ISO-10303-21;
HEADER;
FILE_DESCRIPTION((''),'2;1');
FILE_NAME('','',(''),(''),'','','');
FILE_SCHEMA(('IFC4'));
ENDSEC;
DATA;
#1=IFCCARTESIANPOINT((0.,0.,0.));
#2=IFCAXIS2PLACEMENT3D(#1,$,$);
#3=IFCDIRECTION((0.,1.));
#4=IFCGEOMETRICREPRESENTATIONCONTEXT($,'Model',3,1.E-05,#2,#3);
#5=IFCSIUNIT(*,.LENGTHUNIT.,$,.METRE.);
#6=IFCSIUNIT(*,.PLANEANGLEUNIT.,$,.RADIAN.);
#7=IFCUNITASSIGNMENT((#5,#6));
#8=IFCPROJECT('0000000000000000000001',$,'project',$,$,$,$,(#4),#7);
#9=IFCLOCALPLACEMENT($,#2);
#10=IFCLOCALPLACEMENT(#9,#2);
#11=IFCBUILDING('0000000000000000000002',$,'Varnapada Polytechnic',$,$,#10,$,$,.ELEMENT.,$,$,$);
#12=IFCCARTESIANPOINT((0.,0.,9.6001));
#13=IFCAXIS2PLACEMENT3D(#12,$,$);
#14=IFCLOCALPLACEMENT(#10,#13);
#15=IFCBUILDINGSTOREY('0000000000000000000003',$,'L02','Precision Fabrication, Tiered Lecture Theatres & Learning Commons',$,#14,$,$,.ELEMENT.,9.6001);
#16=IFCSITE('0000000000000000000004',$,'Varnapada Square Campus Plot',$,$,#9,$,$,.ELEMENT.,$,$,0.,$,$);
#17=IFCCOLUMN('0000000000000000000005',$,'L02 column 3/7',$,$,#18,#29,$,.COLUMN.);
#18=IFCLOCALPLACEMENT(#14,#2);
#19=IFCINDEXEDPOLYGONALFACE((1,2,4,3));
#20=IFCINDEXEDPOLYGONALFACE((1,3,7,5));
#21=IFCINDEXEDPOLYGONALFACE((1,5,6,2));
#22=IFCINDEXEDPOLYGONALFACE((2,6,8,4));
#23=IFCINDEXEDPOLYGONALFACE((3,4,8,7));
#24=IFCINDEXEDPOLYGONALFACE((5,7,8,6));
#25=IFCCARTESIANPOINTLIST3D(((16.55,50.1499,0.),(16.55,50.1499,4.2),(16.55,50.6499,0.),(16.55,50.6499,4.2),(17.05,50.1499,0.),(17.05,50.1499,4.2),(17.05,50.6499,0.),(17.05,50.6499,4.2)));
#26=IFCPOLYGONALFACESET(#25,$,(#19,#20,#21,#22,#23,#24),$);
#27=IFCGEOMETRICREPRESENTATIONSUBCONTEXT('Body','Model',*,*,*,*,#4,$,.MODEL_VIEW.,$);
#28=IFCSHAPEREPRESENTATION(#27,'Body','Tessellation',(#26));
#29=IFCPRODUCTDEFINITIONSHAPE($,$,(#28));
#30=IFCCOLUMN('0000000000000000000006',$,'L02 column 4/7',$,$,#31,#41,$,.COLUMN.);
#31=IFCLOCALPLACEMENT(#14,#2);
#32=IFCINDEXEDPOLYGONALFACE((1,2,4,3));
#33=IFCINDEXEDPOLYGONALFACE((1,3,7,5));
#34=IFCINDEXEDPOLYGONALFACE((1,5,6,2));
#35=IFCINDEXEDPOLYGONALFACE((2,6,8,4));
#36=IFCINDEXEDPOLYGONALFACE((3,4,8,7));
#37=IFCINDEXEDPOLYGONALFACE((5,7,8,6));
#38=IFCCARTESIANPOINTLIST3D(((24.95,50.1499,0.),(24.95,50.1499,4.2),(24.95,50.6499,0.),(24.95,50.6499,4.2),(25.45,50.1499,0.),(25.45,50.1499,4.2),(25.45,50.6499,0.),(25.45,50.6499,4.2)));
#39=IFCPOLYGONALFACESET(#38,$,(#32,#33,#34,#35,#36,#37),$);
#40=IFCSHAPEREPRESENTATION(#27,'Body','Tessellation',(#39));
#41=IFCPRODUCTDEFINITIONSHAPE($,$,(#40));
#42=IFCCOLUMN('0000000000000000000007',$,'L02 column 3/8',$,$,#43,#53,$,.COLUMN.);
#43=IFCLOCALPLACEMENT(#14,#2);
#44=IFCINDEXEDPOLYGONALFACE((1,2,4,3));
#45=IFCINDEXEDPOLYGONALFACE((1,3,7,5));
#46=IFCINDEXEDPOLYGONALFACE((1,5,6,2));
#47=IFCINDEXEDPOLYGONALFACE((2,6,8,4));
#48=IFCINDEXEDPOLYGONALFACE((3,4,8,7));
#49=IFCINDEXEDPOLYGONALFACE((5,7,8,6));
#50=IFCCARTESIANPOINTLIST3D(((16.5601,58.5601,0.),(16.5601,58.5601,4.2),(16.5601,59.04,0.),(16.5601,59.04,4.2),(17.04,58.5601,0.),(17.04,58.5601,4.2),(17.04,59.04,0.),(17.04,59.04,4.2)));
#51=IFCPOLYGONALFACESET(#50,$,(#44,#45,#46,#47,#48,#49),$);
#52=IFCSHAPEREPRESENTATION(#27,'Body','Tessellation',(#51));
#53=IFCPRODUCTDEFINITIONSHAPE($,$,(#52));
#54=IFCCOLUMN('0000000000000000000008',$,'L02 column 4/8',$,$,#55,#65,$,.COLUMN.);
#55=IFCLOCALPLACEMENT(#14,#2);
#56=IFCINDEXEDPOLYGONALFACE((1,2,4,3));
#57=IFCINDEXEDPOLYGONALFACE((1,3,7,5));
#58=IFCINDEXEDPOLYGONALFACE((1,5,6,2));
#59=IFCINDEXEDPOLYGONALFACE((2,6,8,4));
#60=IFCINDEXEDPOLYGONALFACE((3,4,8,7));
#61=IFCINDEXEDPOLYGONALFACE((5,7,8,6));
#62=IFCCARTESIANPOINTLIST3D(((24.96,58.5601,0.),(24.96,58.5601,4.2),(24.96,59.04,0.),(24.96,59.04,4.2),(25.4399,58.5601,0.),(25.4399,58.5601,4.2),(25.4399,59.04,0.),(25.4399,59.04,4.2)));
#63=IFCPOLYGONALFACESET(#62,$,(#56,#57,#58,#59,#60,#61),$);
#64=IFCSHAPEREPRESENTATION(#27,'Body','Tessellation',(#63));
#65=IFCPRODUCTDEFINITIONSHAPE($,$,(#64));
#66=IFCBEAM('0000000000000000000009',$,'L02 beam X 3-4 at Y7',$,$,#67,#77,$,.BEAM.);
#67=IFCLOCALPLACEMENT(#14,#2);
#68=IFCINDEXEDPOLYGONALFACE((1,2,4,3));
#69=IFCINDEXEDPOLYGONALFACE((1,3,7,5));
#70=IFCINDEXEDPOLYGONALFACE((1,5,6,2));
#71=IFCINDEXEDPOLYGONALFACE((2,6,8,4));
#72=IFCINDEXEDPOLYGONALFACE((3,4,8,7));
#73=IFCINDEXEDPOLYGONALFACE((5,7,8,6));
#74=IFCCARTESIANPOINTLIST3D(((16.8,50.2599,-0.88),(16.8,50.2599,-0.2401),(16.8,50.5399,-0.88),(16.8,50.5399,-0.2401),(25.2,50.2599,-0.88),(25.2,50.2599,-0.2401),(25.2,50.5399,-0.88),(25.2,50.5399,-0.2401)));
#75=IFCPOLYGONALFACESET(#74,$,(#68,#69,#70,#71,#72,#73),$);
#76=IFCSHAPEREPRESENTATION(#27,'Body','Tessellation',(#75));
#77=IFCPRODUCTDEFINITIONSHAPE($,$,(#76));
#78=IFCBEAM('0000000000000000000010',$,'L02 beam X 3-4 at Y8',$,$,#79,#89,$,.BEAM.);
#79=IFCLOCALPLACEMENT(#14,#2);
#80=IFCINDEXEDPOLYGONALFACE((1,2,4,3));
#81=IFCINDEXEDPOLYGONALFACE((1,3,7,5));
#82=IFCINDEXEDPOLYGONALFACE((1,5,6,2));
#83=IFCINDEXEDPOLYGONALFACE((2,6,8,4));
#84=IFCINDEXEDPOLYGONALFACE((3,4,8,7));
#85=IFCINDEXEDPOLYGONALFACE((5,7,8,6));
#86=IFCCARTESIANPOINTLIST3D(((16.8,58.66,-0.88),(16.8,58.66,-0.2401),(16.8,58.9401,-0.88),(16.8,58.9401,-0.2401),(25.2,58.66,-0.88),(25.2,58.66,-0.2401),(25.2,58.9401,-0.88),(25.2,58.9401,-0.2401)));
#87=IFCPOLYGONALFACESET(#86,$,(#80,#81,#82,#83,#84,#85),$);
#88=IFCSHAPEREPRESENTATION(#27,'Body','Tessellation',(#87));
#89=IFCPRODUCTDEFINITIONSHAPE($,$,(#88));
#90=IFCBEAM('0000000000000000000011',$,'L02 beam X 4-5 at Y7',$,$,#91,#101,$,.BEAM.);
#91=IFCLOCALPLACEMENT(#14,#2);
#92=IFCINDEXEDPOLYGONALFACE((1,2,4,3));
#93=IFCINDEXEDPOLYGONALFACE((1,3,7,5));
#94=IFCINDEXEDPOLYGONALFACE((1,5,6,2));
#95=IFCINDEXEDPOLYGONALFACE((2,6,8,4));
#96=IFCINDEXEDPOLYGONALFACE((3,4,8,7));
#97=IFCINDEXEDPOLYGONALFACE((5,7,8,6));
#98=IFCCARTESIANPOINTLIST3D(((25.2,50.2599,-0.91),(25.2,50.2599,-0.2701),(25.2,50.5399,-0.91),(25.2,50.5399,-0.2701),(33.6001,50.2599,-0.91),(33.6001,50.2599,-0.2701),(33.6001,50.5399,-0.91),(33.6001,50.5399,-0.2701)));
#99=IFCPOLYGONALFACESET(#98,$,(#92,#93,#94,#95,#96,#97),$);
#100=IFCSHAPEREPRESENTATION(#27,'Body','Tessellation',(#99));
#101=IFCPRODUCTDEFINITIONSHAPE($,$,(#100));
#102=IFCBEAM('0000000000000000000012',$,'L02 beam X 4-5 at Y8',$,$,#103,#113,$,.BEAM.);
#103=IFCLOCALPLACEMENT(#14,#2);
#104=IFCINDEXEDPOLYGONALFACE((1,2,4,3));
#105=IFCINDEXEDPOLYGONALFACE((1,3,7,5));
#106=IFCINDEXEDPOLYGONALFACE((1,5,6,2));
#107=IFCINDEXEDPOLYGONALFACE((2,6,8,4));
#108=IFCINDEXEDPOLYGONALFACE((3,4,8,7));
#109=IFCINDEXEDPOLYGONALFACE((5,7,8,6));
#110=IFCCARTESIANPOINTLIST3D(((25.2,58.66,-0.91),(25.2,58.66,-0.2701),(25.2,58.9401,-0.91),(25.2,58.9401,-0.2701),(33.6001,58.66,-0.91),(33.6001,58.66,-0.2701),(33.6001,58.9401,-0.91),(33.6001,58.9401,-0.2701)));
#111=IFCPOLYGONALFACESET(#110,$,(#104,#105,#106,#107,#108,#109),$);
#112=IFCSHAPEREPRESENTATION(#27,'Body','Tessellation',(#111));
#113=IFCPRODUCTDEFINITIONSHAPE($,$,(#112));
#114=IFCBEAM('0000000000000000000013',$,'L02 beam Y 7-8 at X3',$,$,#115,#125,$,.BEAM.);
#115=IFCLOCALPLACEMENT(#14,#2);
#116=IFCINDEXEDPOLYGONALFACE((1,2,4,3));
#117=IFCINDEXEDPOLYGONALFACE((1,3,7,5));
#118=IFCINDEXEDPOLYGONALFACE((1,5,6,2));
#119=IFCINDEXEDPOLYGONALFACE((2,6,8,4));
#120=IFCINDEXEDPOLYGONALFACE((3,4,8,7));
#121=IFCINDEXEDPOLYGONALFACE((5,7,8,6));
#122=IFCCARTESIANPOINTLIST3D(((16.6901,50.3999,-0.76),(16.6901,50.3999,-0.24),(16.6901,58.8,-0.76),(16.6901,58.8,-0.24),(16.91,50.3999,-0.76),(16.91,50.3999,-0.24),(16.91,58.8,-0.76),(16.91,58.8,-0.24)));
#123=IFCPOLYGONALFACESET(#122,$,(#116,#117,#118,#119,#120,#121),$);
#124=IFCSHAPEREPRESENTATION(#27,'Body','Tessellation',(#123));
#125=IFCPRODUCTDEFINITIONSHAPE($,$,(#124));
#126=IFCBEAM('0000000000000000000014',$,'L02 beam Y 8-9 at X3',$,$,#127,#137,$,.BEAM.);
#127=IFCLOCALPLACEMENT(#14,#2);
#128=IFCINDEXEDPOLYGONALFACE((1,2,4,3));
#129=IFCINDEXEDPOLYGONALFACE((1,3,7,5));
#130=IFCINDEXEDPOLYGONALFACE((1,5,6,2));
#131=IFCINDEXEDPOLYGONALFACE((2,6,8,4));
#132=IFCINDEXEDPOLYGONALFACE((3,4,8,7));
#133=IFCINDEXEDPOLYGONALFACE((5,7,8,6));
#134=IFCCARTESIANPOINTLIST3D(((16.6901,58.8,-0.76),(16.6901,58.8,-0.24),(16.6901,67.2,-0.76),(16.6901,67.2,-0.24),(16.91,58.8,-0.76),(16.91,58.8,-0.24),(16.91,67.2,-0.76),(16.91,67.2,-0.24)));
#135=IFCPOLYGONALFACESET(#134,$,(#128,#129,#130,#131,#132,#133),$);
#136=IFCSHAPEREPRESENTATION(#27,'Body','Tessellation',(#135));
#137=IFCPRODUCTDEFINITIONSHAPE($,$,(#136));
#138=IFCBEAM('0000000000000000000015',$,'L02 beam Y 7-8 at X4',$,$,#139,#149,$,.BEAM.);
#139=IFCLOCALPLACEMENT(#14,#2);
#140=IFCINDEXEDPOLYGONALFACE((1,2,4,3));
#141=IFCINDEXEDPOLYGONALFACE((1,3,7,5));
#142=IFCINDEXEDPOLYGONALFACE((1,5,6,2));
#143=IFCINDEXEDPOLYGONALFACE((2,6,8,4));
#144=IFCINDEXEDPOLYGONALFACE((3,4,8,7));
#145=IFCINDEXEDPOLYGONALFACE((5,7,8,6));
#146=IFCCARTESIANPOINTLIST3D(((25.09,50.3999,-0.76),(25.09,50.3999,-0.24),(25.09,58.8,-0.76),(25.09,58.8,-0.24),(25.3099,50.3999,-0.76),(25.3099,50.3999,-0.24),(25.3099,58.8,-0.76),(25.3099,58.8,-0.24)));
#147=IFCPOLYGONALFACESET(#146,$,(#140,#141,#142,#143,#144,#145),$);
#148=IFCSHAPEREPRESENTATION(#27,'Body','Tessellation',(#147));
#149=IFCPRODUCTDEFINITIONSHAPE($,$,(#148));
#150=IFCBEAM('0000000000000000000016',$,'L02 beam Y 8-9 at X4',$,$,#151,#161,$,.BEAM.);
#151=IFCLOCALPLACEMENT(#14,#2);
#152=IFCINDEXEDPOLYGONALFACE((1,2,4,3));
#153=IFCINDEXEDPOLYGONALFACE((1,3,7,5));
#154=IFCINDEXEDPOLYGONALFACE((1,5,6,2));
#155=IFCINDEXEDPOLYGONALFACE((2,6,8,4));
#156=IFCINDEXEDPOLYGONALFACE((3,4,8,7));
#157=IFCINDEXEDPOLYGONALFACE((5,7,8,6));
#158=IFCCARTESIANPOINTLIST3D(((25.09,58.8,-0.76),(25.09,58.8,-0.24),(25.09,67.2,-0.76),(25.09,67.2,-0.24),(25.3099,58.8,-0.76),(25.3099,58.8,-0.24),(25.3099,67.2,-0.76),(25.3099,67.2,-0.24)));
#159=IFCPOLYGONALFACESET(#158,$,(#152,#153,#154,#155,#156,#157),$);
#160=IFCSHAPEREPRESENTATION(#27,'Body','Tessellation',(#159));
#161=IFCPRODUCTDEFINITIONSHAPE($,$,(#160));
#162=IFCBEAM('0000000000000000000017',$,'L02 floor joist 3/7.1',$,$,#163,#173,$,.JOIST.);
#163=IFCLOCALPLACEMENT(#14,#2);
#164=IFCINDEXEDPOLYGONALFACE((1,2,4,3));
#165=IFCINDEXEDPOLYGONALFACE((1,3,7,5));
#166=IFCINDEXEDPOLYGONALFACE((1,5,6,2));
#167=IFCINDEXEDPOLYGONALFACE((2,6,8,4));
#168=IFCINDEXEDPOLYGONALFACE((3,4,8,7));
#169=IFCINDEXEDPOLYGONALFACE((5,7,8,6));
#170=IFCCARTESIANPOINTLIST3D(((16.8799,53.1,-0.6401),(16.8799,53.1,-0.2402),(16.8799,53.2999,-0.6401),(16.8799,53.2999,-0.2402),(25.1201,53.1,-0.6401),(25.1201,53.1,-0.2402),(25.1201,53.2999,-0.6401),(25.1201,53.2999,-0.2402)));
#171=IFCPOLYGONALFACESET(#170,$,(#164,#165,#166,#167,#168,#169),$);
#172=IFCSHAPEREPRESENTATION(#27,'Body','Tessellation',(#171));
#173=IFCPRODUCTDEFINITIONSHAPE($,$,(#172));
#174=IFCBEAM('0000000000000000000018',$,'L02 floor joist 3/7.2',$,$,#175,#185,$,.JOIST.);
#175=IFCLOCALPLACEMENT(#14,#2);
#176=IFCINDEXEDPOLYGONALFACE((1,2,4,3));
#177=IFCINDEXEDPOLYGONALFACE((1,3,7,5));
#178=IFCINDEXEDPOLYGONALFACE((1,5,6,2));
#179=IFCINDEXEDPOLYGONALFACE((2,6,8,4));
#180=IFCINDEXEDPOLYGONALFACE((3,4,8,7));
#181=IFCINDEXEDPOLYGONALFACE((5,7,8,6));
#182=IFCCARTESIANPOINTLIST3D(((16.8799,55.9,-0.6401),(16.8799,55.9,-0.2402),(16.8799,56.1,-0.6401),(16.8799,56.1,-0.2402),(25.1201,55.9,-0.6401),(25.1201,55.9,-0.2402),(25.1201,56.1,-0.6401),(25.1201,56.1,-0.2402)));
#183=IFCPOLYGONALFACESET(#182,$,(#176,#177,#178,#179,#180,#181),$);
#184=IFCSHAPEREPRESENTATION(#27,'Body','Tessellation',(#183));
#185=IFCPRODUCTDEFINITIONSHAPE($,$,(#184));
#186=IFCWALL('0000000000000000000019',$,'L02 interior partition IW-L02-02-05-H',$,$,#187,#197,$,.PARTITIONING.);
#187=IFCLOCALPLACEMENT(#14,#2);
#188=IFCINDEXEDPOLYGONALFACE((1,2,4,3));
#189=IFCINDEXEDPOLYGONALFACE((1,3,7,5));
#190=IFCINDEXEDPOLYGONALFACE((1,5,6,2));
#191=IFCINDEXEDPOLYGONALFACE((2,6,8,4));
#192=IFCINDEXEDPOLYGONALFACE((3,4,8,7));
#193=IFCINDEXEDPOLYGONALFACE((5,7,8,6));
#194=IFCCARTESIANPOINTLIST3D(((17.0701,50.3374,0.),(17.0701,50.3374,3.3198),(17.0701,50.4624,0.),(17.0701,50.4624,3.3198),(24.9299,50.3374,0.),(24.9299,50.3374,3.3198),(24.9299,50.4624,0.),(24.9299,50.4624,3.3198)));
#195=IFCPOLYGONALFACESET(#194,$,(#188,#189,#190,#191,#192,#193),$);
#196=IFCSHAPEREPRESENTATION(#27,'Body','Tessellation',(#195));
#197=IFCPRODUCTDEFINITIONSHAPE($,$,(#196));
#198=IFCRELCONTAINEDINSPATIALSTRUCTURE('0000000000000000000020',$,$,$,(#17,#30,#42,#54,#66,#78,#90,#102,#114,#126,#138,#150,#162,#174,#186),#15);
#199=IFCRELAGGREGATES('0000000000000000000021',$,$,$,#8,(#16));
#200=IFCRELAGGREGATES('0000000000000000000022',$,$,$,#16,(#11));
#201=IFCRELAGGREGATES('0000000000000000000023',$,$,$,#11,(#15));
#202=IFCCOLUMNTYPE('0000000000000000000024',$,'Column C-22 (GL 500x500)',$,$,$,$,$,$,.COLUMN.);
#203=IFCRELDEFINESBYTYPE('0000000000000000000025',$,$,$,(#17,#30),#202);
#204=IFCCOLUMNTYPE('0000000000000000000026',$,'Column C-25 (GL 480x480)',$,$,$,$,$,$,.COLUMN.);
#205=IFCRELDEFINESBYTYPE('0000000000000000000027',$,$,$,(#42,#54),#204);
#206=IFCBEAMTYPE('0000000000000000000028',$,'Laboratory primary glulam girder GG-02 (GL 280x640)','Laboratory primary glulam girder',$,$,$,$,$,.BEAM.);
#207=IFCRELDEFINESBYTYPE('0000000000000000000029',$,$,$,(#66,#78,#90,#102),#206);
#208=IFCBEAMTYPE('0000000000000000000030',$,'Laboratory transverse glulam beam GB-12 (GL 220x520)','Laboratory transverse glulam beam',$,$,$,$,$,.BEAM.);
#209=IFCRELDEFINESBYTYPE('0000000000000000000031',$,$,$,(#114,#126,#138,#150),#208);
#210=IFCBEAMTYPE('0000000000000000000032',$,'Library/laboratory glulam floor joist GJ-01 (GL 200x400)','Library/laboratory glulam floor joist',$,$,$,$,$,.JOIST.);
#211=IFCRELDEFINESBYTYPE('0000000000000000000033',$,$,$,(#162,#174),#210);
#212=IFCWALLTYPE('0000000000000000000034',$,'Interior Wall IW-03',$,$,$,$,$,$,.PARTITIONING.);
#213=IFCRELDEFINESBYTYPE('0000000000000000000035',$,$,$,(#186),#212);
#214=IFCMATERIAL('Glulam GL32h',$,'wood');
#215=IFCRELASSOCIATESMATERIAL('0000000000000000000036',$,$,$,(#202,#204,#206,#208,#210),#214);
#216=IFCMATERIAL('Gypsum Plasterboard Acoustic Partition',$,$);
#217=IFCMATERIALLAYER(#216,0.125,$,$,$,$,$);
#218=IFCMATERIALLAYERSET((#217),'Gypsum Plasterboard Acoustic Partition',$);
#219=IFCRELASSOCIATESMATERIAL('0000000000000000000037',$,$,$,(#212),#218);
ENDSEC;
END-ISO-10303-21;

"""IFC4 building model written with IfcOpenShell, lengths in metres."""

from ifc_helpers import new_model, si_unit, direction, frame, frame_2d, origin, origin_2d, place, context, subcontext, project, spatial, rectangle, extrude, material, layer, layer_set, material_profile, profile_set, type_object, element, save


model = new_model("IFC4")

# Units and contexts
model_context = context("Model", 3, precision=1e-05, world=origin(), true_north=direction((0.0, 1.0)))
body_context = subcontext(model_context, "Body", "Model", "MODEL_VIEW")
ifc_project = project(units=[si_unit("LENGTHUNIT", "METRE"), si_unit("PLANEANGLEUNIT", "RADIAN")], contexts=[model_context])

# Site, building, storey
site_placement = place(None, origin())
site = spatial("IfcSite", under=ifc_project, at=site_placement, Name="Varnapada Square Campus Plot", CompositionType="ELEMENT", RefElevation=0.0)
building_placement = place(site_placement, origin())
building = spatial("IfcBuilding", under=site, at=building_placement, Name="Varnapada Polytechnic", CompositionType="ELEMENT")
storey_placement = place(building_placement, frame((0.0, 0.0, 9.6001)))
storey = spatial("IfcBuildingStorey", under=building, at=storey_placement, Name="L02", Description="Precision Fabrication, Tiered Lecture Theatres & Learning Commons", CompositionType="ELEMENT", Elevation=9.6001)

# Columns
ifc_material_1 = material(Name="Glulam GL32h", Category="wood")
ifc_material_profile_1 = material_profile(ifc_material_1, rectangle(XDim=0.5, YDim=0.5, at=origin_2d()), Name="GL 500x500")
ifc_profile_set_1 = profile_set([ifc_material_profile_1], Name="Glulam GL32h")
column_type_1 = type_object("IfcColumnType", Name="Column C-22 (GL 500x500)", PredefinedType="COLUMN", material=ifc_profile_set_1)
for number, where, z_axis, x_axis, name in (
    (1, (16.8, 50.3999, 0.0), (0.0, 0.0, 1.0), (1.0, 0.0, 0.0), "L02 column 3/7"),
    (2, (25.2, 50.3999, 0.0), (0.0, 0.0, 1.0), (1.0, 0.0, 0.0), "L02 column 4/7"),
):
    element("IfcColumn", number, at=place(storey_placement, frame(where, z_axis=z_axis, x_axis=x_axis)), inside=storey, type_object=column_type_1, Name=name, PredefinedType="COLUMN", context=body_context, shape_type="SweptSolid", body=[
        extrude(rectangle(XDim=0.5, YDim=0.5, at=origin_2d()), origin(), (0.0, 0.0, 1.0), 4.2),
    ])
ifc_material_profile_2 = material_profile(ifc_material_1, rectangle(XDim=0.48, YDim=0.48, at=origin_2d()), Name="GL 480x480")
ifc_profile_set_2 = profile_set([ifc_material_profile_2], Name="Glulam GL32h")
column_type_2 = type_object("IfcColumnType", Name="Column C-25 (GL 480x480)", PredefinedType="COLUMN", material=ifc_profile_set_2)
for number, where, z_axis, x_axis, name in (
    (3, (16.8, 58.8, 0.0), (0.0, 0.0, 1.0), (1.0, 0.0, 0.0), "L02 column 3/8"),
    (4, (25.2, 58.8, 0.0), (0.0, 0.0, 1.0), (1.0, 0.0, 0.0), "L02 column 4/8"),
):
    element("IfcColumn", number, at=place(storey_placement, frame(where, z_axis=z_axis, x_axis=x_axis)), inside=storey, type_object=column_type_2, Name=name, PredefinedType="COLUMN", context=body_context, shape_type="SweptSolid", body=[
        extrude(rectangle(XDim=0.48, YDim=0.48, at=origin_2d()), origin(), (0.0, 0.0, 1.0), 4.2),
    ])

# Beams
ifc_material_profile_3 = material_profile(ifc_material_1, rectangle(XDim=0.28, YDim=0.6399, at=origin_2d()), Name="GL 280x640")
ifc_profile_set_3 = profile_set([ifc_material_profile_3], Name="Glulam GL32h")
beam_type_1 = type_object("IfcBeamType", Name="Laboratory primary glulam girder GG-02 (GL 280x640)", Description="Laboratory primary glulam girder", PredefinedType="BEAM", material=ifc_profile_set_3)
for number, where, z_axis, x_axis, name in (
    (5, (16.8, 50.3999, -0.5601), (1.0, 0.0, 0.0), (0.0, 1.0, 0.0), "L02 beam X 3-4 at Y7"),
    (6, (16.8, 58.8, -0.5601), (1.0, 0.0, 0.0), (0.0, 1.0, 0.0), "L02 beam X 3-4 at Y8"),
):
    element("IfcBeam", number, at=place(storey_placement, frame(where, z_axis=z_axis, x_axis=x_axis)), inside=storey, type_object=beam_type_1, Name=name, PredefinedType="BEAM", context=body_context, shape_type="SweptSolid", body=[
        extrude(rectangle(XDim=0.28, YDim=0.6399, at=origin_2d()), origin(), (0.0, 0.0, 1.0), 8.3999),
    ])
for number, where, z_axis, x_axis, name in (
    (7, (25.2, 50.3999, -0.5901), (1.0, 0.0, 0.0), (0.0, 1.0, 0.0), "L02 beam X 4-5 at Y7"),
    (8, (25.2, 58.8, -0.5901), (1.0, 0.0, 0.0), (0.0, 1.0, 0.0), "L02 beam X 4-5 at Y8"),
):
    element("IfcBeam", number, at=place(storey_placement, frame(where, z_axis=z_axis, x_axis=x_axis)), inside=storey, type_object=beam_type_1, Name=name, PredefinedType="BEAM", context=body_context, shape_type="SweptSolid", body=[
        extrude(rectangle(XDim=0.28, YDim=0.6399, at=origin_2d()), origin(), (0.0, 0.0, 1.0), 8.4001),
    ])
ifc_material_profile_4 = material_profile(ifc_material_1, rectangle(XDim=0.22, YDim=0.52, at=origin_2d()), Name="GL 220x520")
ifc_profile_set_4 = profile_set([ifc_material_profile_4], Name="Glulam GL32h")
beam_type_2 = type_object("IfcBeamType", Name="Laboratory transverse glulam beam GB-12 (GL 220x520)", Description="Laboratory transverse glulam beam", PredefinedType="BEAM", material=ifc_profile_set_4)
beam_1_placement = place(storey_placement, frame((16.8, 50.3999, -0.5), z_axis=(0.0, 1.0, 0.0), x_axis=(-1.0, 0.0, 0.0)))
element("IfcBeam", 9, at=beam_1_placement, inside=storey, type_object=beam_type_2, Name="L02 beam Y 7-8 at X3", PredefinedType="BEAM", context=body_context, shape_type="SweptSolid", body=[
    extrude(rectangle(XDim=0.22, YDim=0.52, at=origin_2d()), origin(), (0.0, 0.0, 1.0), 8.4001),
])
beam_2_placement = place(storey_placement, frame((16.8, 58.8, -0.5), z_axis=(0.0, 1.0, 0.0), x_axis=(-1.0, 0.0, 0.0)))
element("IfcBeam", 10, at=beam_2_placement, inside=storey, type_object=beam_type_2, Name="L02 beam Y 8-9 at X3", PredefinedType="BEAM", context=body_context, shape_type="SweptSolid", body=[
    extrude(rectangle(XDim=0.22, YDim=0.52, at=origin_2d()), origin(), (0.0, 0.0, 1.0), 8.3999),
])
beam_3_placement = place(storey_placement, frame((25.2, 50.3999, -0.5), z_axis=(0.0, 1.0, 0.0), x_axis=(-1.0, 0.0, 0.0)))
element("IfcBeam", 11, at=beam_3_placement, inside=storey, type_object=beam_type_2, Name="L02 beam Y 7-8 at X4", PredefinedType="BEAM", context=body_context, shape_type="SweptSolid", body=[
    extrude(rectangle(XDim=0.22, YDim=0.52, at=origin_2d()), origin(), (0.0, 0.0, 1.0), 8.4001),
])
beam_4_placement = place(storey_placement, frame((25.2, 58.8, -0.5), z_axis=(0.0, 1.0, 0.0), x_axis=(-1.0, 0.0, 0.0)))
element("IfcBeam", 12, at=beam_4_placement, inside=storey, type_object=beam_type_2, Name="L02 beam Y 8-9 at X4", PredefinedType="BEAM", context=body_context, shape_type="SweptSolid", body=[
    extrude(rectangle(XDim=0.22, YDim=0.52, at=origin_2d()), origin(), (0.0, 0.0, 1.0), 8.3999),
])
ifc_material_profile_5 = material_profile(ifc_material_1, rectangle(XDim=0.2, YDim=0.3999, at=origin_2d()), Name="GL 200x400")
ifc_profile_set_5 = profile_set([ifc_material_profile_5], Name="Glulam GL32h")
beam_type_3 = type_object("IfcBeamType", Name="Library/laboratory glulam floor joist GJ-01 (GL 200x400)", Description="Library/laboratory glulam floor joist", PredefinedType="JOIST", material=ifc_profile_set_5)
for number, where, z_axis, x_axis, name in (
    (13, (16.8799, 53.2, -0.4402), (1.0, 0.0, 0.0), (0.0, 1.0, 0.0), "L02 floor joist 3/7.1"),
    (14, (16.8799, 56.0, -0.4402), (1.0, 0.0, 0.0), (0.0, 1.0, 0.0), "L02 floor joist 3/7.2"),
):
    element("IfcBeam", number, at=place(storey_placement, frame(where, z_axis=z_axis, x_axis=x_axis)), inside=storey, type_object=beam_type_3, Name=name, PredefinedType="JOIST", context=body_context, shape_type="SweptSolid", body=[
        extrude(rectangle(XDim=0.2, YDim=0.3999, at=origin_2d()), origin(), (0.0, 0.0, 1.0), 8.2402),
    ])

# Wall
ifc_material_2 = material(Name="Gypsum Plasterboard Acoustic Partition")
ifc_layer_1 = layer(ifc_material_2, 0.125)
ifc_layer_set_1 = layer_set([ifc_layer_1], Name="Gypsum Plasterboard Acoustic Partition")
wall_type_1 = type_object("IfcWallType", Name="Interior Wall IW-03", PredefinedType="PARTITIONING", material=ifc_layer_set_1)
wall_1_placement = place(storey_placement, frame((17.0701, 50.3999, 0.0), z_axis=(0.0, 0.0, 1.0), x_axis=(1.0, 0.0, 0.0)))
element("IfcWall", 15, at=wall_1_placement, inside=storey, type_object=wall_type_1, Name="L02 interior partition IW-L02-02-05-H", PredefinedType="PARTITIONING", context=body_context, shape_type="SweptSolid", body=[
    extrude(rectangle(XDim=7.8599, YDim=0.125, at=frame_2d((3.9299, 0.0))), origin(), (0.0, 0.0, 1.0), 3.3198),
])

save(model, "model.ifc")
